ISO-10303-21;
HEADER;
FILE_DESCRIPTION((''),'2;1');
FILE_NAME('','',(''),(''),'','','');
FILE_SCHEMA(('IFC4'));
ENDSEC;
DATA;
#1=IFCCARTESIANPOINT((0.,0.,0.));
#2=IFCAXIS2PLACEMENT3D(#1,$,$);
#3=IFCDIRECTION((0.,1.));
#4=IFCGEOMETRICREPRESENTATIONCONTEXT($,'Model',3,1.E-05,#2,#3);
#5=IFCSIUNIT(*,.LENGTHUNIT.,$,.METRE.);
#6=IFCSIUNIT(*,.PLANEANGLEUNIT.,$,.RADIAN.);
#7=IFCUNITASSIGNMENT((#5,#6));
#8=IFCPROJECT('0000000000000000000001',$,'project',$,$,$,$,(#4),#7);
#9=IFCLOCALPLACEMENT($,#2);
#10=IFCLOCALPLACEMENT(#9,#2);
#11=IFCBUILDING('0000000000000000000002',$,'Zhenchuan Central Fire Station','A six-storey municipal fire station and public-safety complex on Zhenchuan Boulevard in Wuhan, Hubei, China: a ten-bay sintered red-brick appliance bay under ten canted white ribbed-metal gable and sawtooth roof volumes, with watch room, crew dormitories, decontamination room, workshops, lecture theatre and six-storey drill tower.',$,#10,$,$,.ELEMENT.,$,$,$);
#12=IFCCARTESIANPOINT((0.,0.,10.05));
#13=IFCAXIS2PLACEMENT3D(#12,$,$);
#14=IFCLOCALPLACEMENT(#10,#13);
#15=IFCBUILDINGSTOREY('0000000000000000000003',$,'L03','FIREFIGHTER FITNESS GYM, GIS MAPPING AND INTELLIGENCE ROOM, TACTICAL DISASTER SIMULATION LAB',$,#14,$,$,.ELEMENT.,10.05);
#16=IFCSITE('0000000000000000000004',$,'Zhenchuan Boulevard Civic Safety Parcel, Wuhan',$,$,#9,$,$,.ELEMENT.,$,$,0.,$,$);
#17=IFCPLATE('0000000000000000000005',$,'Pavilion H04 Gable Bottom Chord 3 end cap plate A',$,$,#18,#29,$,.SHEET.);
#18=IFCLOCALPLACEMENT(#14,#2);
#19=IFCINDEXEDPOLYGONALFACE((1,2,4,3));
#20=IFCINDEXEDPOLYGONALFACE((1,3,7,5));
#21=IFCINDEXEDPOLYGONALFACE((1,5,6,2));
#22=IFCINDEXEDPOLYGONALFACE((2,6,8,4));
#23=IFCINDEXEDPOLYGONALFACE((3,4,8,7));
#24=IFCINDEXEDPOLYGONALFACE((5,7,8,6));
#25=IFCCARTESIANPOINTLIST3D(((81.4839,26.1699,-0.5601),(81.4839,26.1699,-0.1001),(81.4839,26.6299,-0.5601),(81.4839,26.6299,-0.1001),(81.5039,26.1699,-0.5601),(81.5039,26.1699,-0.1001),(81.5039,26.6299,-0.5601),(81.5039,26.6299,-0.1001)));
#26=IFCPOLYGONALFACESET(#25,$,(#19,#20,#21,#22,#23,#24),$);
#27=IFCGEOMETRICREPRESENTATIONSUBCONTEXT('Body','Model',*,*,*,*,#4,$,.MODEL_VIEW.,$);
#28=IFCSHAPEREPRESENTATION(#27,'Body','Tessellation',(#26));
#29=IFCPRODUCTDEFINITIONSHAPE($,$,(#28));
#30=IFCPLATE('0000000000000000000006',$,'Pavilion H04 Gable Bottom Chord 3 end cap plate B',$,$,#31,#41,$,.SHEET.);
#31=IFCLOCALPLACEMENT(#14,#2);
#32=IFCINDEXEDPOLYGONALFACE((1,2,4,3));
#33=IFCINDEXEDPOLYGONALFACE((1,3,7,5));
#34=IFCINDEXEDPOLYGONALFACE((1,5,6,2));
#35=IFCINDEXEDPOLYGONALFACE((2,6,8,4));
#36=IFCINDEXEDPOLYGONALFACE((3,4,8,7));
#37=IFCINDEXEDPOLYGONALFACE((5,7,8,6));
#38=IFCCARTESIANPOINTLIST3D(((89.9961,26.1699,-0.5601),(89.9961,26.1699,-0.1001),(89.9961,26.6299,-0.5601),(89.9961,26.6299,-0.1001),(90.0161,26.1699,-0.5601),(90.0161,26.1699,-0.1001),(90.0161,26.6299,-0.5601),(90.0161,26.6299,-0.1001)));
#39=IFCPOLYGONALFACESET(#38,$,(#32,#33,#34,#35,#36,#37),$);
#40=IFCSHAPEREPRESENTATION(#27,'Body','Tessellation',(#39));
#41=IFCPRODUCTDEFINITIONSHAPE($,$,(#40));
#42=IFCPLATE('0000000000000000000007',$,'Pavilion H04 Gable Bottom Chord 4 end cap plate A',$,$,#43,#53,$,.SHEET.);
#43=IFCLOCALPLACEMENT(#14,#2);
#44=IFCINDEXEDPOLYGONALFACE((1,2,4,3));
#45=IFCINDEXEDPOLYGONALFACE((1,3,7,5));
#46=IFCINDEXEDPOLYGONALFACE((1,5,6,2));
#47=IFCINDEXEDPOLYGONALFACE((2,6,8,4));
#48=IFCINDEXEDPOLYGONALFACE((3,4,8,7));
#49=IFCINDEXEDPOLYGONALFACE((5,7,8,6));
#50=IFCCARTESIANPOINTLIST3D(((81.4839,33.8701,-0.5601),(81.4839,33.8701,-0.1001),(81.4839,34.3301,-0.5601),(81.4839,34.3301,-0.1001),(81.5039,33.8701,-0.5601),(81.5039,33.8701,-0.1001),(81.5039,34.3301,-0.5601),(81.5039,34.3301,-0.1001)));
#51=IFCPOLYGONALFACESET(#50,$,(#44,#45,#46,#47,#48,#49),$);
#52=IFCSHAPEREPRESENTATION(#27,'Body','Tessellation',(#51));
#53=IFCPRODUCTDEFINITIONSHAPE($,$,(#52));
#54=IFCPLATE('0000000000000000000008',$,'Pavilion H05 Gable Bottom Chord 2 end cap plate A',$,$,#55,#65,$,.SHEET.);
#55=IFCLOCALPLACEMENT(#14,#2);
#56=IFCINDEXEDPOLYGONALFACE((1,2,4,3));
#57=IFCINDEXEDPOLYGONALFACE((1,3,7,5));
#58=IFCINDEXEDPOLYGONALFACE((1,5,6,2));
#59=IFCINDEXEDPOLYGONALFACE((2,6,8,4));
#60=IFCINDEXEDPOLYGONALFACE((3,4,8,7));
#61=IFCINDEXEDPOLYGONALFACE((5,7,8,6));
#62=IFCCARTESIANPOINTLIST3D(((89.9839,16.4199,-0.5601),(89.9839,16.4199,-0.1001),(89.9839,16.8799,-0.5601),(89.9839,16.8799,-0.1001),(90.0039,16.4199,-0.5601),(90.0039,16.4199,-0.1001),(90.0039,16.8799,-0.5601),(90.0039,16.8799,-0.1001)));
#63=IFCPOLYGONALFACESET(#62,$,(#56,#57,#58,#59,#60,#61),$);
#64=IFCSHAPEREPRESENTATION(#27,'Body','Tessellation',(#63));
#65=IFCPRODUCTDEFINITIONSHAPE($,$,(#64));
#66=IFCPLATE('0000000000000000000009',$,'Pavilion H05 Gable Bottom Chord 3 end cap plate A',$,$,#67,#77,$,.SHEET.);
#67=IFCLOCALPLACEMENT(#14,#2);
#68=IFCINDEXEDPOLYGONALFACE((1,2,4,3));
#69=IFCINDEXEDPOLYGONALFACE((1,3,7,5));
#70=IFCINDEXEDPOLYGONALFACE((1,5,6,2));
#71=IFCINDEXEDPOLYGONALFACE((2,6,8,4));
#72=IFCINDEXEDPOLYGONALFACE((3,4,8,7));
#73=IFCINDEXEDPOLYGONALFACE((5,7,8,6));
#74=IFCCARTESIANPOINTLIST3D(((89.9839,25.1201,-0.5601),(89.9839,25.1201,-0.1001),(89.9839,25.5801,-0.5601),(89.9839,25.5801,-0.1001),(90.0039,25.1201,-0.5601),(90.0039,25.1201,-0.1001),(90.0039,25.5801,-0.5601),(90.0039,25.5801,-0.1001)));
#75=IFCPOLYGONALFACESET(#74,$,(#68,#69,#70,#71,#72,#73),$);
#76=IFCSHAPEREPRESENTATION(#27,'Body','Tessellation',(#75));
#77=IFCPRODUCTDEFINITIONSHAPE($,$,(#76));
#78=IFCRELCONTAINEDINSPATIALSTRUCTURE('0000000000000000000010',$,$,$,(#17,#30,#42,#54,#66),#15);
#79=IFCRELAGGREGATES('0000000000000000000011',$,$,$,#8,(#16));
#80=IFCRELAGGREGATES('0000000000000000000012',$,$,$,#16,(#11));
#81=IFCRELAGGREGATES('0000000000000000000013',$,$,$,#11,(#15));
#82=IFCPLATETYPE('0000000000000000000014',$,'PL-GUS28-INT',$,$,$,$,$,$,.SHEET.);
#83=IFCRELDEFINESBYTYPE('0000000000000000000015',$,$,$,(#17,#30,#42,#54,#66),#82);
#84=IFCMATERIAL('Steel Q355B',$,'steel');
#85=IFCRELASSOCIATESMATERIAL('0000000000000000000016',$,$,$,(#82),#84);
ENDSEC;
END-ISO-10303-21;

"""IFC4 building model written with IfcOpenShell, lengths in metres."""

from ifc_helpers import new_model, si_unit, direction, frame, origin, origin_2d, place, context, subcontext, project, spatial, rectangle, extrude, material, material_profile, profile_set, type_object, element, save


model = new_model("IFC4")

# Units and contexts
model_context = context("Model", 3, precision=1e-05, world=origin(), true_north=direction((0.0, 1.0)))
body_context = subcontext(model_context, "Body", "Model", "MODEL_VIEW")
ifc_project = project(units=[si_unit("LENGTHUNIT", "METRE"), si_unit("PLANEANGLEUNIT", "RADIAN")], contexts=[model_context])

# Site, building, storey
site_placement = place(None, origin())
site = spatial("IfcSite", under=ifc_project, at=site_placement, Name="Zhenchuan Boulevard Civic Safety Parcel, Wuhan", CompositionType="ELEMENT", RefElevation=0.0)
building_placement = place(site_placement, origin())
building = spatial("IfcBuilding", under=site, at=building_placement, Name="Zhenchuan Central Fire Station", Description="A six-storey municipal fire station and public-safety complex on Zhenchuan Boulevard in Wuhan, Hubei, China: a ten-bay sintered red-brick appliance bay under ten canted white ribbed-metal gable and sawtooth roof volumes, with watch room, crew dormitories, decontamination room, workshops, lecture theatre and six-storey drill tower.", CompositionType="ELEMENT")
storey_placement = place(building_placement, frame((0.0, 0.0, 10.05)))
storey = spatial("IfcBuildingStorey", under=building, at=storey_placement, Name="L03", Description="FIREFIGHTER FITNESS GYM, GIS MAPPING AND INTELLIGENCE ROOM, TACTICAL DISASTER SIMULATION LAB", CompositionType="ELEMENT", Elevation=10.05)

# Shared definitions
ifc_material = material(Name="Steel Q355B", Category="steel")

# Plates
ifc_material_profile_1 = material_profile(ifc_material, rectangle(XDim=0.46, YDim=0.46, at=origin_2d()), Name="PL 460x460x28")
ifc_profile_set_1 = profile_set([ifc_material_profile_1], Name="Steel Q355B")
plate_type_1 = type_object("IfcPlateType", Name="PL-GUS28-INT", PredefinedType="SHEET", material=ifc_profile_set_1)
for number, where, z_axis, x_axis, name in (
    (1, (81.4839, 26.3999, -0.3301), (1.0, 0.0, 0.0), (0.0, 1.0, 0.0), "Pavilion H04 Gable Bottom Chord 3 end cap plate A"),
    (2, (89.9961, 26.3999, -0.3301), (1.0, 0.0, 0.0), (0.0, 1.0, 0.0), "Pavilion H04 Gable Bottom Chord 3 end cap plate B"),
    (3, (81.4839, 34.1001, -0.3301), (1.0, 0.0, 0.0), (0.0, 1.0, 0.0), "Pavilion H04 Gable Bottom Chord 4 end cap plate A"),
    (4, (89.9839, 16.6499, -0.3301), (1.0, 0.0, 0.0), (0.0, 1.0, 0.0), "Pavilion H05 Gable Bottom Chord 2 end cap plate A"),
    (5, (89.9839, 25.3501, -0.3301), (1.0, 0.0, 0.0), (0.0, 1.0, 0.0), "Pavilion H05 Gable Bottom Chord 3 end cap plate A"),
):
    element("IfcPlate", number, at=place(storey_placement, frame(where, z_axis=z_axis, x_axis=x_axis)), inside=storey, type_object=plate_type_1, Name=name, PredefinedType="SHEET", context=body_context, shape_type="SweptSolid", body=[
        extrude(rectangle(XDim=0.46, YDim=0.46, at=origin_2d()), origin(), (0.0, 0.0, 1.0), 0.02),
    ])

save(model, "model.ifc")
